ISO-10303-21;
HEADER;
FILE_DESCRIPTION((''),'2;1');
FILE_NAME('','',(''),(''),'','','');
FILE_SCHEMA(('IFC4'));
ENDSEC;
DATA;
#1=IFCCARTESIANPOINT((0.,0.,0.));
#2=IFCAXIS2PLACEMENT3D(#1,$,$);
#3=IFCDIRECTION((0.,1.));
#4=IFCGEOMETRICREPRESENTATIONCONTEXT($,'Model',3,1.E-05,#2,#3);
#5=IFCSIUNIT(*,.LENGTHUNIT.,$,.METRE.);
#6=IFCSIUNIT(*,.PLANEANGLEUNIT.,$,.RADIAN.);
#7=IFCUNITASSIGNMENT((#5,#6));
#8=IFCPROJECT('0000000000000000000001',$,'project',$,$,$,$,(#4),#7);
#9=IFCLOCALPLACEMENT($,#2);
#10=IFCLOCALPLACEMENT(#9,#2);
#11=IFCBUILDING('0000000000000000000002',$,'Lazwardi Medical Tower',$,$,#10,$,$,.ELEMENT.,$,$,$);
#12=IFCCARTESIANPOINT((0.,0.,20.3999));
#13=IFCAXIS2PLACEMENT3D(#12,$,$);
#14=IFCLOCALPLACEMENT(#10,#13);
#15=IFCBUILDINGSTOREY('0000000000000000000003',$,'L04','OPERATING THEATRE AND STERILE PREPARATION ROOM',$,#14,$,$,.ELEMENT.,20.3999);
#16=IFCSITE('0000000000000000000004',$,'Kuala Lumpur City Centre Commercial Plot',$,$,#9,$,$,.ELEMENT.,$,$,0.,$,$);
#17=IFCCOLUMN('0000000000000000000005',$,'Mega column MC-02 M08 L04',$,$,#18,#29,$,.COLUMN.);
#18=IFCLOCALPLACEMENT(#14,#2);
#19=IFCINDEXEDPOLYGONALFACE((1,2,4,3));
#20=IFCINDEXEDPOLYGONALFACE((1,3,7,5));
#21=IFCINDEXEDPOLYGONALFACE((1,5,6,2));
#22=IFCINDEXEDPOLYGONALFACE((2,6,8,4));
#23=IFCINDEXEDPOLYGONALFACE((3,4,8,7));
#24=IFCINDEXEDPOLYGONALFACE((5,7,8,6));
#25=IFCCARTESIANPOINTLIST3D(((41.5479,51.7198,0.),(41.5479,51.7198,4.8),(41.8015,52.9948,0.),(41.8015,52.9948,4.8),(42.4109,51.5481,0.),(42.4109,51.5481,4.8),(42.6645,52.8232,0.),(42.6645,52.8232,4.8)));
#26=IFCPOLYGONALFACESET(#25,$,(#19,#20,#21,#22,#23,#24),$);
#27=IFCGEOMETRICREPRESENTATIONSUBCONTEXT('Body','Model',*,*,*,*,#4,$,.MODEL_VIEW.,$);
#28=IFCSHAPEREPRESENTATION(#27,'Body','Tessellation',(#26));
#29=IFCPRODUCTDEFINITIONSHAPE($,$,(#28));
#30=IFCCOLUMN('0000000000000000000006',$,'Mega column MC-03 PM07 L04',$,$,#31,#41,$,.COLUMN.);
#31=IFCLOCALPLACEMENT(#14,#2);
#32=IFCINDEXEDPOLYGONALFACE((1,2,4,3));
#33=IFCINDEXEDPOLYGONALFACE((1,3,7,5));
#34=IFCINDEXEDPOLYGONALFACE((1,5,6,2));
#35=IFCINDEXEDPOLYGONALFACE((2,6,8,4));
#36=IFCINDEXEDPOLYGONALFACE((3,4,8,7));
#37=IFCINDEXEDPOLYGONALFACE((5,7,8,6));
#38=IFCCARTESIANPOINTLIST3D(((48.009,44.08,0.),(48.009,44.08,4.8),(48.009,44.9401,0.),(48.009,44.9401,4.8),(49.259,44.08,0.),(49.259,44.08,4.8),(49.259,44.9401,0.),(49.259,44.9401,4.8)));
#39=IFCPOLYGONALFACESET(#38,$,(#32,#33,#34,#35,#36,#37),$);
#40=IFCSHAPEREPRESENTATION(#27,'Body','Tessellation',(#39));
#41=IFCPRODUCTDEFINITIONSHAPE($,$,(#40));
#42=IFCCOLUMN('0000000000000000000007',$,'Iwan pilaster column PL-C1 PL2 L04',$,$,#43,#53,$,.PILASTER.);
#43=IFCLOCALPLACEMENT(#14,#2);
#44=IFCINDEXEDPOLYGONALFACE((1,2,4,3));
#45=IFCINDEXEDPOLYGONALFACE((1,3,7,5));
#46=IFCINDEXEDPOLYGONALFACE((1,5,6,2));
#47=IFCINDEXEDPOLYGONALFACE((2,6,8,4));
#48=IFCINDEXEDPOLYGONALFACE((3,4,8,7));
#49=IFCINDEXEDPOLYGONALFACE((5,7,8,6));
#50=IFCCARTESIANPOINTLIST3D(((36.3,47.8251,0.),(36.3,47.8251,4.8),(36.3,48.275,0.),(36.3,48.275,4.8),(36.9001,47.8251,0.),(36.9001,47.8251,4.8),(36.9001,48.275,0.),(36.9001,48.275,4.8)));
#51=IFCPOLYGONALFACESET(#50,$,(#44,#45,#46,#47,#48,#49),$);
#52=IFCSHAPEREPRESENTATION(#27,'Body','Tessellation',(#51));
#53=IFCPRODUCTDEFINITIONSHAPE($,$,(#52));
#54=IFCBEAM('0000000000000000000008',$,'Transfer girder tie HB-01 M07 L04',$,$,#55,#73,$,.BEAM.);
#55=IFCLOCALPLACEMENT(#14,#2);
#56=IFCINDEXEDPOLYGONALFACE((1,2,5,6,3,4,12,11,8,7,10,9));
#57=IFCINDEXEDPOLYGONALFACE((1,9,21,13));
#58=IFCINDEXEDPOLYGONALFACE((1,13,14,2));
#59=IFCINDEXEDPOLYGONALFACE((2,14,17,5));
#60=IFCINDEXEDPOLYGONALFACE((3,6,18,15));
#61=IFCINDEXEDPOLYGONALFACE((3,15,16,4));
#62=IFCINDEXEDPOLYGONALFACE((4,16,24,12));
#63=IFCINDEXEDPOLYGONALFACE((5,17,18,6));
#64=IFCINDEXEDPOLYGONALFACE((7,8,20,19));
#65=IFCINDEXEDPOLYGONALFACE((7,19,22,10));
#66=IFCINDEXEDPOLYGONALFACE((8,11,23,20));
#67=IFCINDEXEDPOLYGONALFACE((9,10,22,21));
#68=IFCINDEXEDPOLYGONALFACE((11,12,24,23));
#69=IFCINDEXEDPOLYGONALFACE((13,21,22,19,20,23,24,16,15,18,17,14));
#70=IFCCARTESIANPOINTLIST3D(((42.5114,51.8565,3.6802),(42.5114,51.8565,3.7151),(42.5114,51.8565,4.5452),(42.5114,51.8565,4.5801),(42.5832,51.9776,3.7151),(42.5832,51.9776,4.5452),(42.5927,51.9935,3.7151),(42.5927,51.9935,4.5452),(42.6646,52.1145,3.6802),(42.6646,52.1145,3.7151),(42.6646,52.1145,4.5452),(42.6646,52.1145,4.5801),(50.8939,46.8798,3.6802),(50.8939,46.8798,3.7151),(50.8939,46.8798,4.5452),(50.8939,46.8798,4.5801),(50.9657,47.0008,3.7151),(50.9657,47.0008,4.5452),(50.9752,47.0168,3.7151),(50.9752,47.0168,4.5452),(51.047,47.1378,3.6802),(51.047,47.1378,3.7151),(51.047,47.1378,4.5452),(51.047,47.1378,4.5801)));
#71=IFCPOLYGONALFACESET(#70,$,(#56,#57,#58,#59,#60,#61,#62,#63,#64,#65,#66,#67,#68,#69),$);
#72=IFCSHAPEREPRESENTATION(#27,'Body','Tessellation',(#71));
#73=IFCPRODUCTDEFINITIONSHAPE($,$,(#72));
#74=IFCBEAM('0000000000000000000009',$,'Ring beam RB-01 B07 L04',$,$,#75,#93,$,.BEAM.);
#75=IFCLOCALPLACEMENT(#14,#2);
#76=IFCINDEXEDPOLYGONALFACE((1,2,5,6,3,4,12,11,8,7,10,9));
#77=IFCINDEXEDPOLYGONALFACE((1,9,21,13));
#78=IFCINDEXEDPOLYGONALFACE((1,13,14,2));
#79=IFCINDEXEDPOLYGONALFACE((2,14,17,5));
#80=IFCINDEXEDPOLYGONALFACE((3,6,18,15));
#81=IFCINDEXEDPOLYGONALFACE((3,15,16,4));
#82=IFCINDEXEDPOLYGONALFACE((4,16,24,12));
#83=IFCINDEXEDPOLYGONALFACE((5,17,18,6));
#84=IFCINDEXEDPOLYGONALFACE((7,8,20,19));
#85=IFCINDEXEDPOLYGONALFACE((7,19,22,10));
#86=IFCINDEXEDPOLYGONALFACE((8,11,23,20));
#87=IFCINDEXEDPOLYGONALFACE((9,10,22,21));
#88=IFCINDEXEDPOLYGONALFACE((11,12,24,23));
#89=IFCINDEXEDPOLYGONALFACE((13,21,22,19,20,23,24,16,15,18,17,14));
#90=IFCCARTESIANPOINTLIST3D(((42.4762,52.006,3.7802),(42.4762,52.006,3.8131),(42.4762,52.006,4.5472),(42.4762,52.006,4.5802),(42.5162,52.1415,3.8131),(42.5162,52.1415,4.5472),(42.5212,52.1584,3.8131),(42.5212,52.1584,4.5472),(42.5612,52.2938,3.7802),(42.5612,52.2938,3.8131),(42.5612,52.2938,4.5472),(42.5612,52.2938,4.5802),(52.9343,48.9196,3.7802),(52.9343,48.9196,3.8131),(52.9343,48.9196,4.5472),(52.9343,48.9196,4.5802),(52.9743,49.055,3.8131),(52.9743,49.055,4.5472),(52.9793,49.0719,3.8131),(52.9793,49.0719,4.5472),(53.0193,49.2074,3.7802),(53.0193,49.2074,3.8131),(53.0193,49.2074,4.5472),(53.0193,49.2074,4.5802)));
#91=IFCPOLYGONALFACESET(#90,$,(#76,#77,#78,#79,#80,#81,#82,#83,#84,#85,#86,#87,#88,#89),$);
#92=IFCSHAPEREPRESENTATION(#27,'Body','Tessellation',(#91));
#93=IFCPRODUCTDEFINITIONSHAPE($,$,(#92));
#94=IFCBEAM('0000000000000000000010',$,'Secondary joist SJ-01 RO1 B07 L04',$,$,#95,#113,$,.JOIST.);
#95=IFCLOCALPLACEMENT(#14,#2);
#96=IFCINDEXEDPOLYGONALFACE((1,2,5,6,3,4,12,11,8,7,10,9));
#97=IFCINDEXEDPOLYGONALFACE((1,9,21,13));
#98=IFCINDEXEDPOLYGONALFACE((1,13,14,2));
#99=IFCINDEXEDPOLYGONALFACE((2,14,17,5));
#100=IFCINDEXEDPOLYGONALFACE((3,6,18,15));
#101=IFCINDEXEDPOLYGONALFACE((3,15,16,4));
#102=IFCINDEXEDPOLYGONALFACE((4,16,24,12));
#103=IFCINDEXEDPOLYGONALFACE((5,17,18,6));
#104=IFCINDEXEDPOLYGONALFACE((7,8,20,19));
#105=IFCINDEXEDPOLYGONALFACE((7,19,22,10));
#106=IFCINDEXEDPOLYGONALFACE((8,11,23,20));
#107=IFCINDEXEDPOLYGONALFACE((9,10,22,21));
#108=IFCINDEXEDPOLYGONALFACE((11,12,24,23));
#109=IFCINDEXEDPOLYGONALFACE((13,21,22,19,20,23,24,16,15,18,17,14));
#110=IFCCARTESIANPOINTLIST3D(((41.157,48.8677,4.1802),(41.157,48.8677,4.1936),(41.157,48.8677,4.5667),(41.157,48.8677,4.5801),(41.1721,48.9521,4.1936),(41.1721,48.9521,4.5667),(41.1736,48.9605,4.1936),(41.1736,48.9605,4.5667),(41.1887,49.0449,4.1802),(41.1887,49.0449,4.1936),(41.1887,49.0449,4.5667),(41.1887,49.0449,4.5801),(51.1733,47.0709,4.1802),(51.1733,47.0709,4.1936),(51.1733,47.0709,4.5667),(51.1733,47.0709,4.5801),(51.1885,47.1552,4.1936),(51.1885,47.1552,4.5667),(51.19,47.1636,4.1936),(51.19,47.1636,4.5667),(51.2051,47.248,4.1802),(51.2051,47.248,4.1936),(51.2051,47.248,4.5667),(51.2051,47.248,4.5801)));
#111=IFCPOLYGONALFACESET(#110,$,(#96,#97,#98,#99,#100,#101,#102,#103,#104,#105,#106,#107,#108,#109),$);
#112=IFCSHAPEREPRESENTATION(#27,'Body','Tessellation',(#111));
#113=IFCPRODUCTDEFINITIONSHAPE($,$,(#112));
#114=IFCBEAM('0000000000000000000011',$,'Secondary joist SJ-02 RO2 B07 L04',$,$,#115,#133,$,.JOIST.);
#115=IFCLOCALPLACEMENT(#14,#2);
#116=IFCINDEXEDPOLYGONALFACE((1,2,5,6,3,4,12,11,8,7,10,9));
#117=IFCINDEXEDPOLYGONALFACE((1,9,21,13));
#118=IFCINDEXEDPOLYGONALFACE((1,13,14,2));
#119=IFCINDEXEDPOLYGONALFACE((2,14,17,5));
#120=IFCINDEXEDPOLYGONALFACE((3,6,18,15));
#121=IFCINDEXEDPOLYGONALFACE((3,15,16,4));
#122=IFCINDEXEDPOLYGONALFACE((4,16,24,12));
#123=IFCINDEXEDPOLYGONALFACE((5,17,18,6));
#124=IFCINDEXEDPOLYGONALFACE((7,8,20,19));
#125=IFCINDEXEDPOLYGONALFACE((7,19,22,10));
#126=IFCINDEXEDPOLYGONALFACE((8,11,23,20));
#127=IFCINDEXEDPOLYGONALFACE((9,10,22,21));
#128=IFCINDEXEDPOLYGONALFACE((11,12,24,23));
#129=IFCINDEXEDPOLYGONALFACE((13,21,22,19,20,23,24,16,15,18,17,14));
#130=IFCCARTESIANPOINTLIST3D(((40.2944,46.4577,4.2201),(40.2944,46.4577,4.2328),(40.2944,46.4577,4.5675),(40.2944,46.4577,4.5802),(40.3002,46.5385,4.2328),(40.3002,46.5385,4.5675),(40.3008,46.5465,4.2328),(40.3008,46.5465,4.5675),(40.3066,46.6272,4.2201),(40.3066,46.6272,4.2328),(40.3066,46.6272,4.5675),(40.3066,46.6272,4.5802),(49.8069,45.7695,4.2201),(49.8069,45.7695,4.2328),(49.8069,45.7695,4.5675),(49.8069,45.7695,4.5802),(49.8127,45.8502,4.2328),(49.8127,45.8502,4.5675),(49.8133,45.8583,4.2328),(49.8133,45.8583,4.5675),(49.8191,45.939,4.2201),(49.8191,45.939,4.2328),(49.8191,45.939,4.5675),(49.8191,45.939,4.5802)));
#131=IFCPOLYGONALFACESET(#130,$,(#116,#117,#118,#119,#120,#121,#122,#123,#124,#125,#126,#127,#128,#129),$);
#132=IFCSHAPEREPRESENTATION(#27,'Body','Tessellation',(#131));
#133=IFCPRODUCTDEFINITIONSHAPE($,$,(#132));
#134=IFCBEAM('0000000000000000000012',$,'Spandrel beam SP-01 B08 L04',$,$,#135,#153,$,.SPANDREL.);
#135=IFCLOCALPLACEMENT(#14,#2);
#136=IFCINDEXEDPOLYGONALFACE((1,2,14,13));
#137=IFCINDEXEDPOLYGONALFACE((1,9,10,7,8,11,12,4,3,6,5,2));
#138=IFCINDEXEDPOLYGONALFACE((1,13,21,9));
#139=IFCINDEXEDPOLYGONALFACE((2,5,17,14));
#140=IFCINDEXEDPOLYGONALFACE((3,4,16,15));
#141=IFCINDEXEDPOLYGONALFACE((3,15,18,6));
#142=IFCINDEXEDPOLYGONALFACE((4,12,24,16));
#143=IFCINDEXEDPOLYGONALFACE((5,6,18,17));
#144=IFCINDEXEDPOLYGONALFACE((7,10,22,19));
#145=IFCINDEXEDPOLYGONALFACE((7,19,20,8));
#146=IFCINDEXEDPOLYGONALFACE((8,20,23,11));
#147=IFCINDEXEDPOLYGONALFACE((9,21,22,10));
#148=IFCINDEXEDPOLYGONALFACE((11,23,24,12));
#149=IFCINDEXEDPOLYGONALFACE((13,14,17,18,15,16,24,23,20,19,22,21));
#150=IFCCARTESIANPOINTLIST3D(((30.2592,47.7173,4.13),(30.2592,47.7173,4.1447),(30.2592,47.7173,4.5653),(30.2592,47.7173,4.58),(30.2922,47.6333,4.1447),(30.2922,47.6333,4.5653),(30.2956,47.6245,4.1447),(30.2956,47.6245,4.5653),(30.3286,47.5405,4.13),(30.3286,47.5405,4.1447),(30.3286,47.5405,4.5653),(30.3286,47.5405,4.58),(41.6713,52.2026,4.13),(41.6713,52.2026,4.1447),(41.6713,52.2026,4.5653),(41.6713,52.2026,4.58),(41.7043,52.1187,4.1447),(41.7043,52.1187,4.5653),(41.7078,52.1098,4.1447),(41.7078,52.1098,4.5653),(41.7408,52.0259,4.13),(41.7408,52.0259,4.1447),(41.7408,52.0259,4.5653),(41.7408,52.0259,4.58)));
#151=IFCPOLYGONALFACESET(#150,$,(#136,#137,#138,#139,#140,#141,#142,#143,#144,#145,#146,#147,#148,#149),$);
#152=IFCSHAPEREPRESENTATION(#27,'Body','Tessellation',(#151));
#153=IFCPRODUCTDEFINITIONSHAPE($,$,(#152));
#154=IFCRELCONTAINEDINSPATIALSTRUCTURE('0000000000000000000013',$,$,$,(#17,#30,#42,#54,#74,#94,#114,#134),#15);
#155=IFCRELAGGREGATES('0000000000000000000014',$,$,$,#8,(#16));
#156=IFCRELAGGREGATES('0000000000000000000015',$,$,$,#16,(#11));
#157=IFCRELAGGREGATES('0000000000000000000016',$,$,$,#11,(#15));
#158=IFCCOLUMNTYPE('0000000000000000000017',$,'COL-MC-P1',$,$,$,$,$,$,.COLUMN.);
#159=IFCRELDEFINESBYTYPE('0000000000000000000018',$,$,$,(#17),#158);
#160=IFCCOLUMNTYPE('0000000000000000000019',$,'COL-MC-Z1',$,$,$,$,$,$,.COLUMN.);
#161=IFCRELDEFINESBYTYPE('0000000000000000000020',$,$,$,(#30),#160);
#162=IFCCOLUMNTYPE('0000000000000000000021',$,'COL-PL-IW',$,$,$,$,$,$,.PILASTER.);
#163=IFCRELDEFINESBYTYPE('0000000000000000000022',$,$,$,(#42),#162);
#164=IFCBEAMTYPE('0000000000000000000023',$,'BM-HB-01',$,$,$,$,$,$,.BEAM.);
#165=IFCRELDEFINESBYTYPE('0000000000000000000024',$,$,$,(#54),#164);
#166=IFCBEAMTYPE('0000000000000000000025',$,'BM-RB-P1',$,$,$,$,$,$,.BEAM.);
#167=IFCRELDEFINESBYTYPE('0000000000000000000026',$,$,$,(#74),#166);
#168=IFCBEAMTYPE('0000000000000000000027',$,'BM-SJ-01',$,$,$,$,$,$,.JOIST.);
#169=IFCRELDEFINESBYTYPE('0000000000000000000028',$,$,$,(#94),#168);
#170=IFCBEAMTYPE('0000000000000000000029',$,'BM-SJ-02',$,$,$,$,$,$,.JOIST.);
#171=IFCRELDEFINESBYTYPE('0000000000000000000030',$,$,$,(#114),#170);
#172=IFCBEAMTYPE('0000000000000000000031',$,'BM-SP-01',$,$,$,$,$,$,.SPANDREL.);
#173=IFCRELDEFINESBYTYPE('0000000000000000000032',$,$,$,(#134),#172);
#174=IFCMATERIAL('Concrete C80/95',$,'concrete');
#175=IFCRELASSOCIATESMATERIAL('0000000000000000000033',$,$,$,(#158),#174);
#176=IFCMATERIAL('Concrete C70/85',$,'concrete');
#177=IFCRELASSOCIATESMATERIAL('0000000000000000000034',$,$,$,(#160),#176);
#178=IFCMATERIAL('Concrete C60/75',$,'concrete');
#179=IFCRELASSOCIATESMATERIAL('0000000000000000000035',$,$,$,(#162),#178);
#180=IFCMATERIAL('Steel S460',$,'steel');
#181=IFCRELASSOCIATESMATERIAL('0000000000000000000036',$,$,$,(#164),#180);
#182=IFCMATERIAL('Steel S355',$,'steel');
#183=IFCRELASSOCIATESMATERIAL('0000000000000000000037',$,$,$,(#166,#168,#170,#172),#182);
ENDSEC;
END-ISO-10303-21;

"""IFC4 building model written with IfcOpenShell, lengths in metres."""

from ifc_helpers import new_model, si_unit, direction, frame, origin, origin_2d, place, context, subcontext, project, spatial, rectangle, i_section, extrude, material, material_profile, profile_set, type_object, element, save


model = new_model("IFC4")

# Units and contexts
model_context = context("Model", 3, precision=1e-05, world=origin(), true_north=direction((0.0, 1.0)))
body_context = subcontext(model_context, "Body", "Model", "MODEL_VIEW")
ifc_project = project(units=[si_unit("LENGTHUNIT", "METRE"), si_unit("PLANEANGLEUNIT", "RADIAN")], contexts=[model_context])

# Site, building, storey
site_placement = place(None, origin())
site = spatial("IfcSite", under=ifc_project, at=site_placement, Name="Kuala Lumpur City Centre Commercial Plot", CompositionType="ELEMENT", RefElevation=0.0)
building_placement = place(site_placement, origin())
building = spatial("IfcBuilding", under=site, at=building_placement, Name="Lazwardi Medical Tower", CompositionType="ELEMENT")
storey_placement = place(building_placement, frame((0.0, 0.0, 20.3999)))
storey = spatial("IfcBuildingStorey", under=building, at=storey_placement, Name="L04", Description="OPERATING THEATRE AND STERILE PREPARATION ROOM", CompositionType="ELEMENT", Elevation=20.3999)

# Columns
ifc_material_1 = material(Name="Concrete C80/95", Category="concrete")
ifc_material_profile_1 = material_profile(ifc_material_1, rectangle(XDim=1.3, YDim=0.8799, at=origin_2d()), Name="CFT-RECT 1300x880")
ifc_profile_set_1 = profile_set([ifc_material_profile_1], Name="Concrete C80/95")
column_type_1 = type_object("IfcColumnType", Name="COL-MC-P1", PredefinedType="COLUMN", material=ifc_profile_set_1)
column_1_placement = place(storey_placement, frame((42.1062, 52.2715, 0.0), z_axis=(0.0, 0.0, 1.0), x_axis=(0.19509, 0.980785, 0.0)))
element("IfcColumn", 1, at=column_1_placement, inside=storey, type_object=column_type_1, Name="Mega column MC-02 M08 L04", PredefinedType="COLUMN", context=body_context, shape_type="SweptSolid", body=[
    extrude(rectangle(XDim=1.3, YDim=0.8799, at=origin_2d()), origin(), (0.0, 0.0, 1.0), 4.8),
])
ifc_material_2 = material(Name="Concrete C70/85", Category="concrete")
ifc_material_profile_2 = material_profile(ifc_material_2, rectangle(XDim=1.25, YDim=0.8601, at=origin_2d()), Name="CFT-RECT 1250x860")
ifc_profile_set_2 = profile_set([ifc_material_profile_2], Name="Concrete C70/85")
column_type_2 = type_object("IfcColumnType", Name="COL-MC-Z1", PredefinedType="COLUMN", material=ifc_profile_set_2)
column_2_placement = place(storey_placement, frame((48.634, 44.51, 0.0), z_axis=(0.0, 0.0, 1.0), x_axis=(1.0, 0.0, 0.0)))
element("IfcColumn", 2, at=column_2_placement, inside=storey, type_object=column_type_2, Name="Mega column MC-03 PM07 L04", PredefinedType="COLUMN", context=body_context, shape_type="SweptSolid", body=[
    extrude(rectangle(XDim=1.25, YDim=0.8601, at=origin_2d()), origin(), (0.0, 0.0, 1.0), 4.8),
])
ifc_material_3 = material(Name="Concrete C60/75", Category="concrete")
ifc_material_profile_3 = material_profile(ifc_material_3, rectangle(XDim=0.6001, YDim=0.45, at=origin_2d()), Name="RC 600x450")
ifc_profile_set_3 = profile_set([ifc_material_profile_3], Name="Concrete C60/75")
column_type_3 = type_object("IfcColumnType", Name="COL-PL-IW", PredefinedType="PILASTER", material=ifc_profile_set_3)
column_3_placement = place(storey_placement, frame((36.6001, 48.05, 0.0), z_axis=(0.0, 0.0, 1.0), x_axis=(1.0, 0.0, 0.0)))
element("IfcColumn", 3, at=column_3_placement, inside=storey, type_object=column_type_3, Name="Iwan pilaster column PL-C1 PL2 L04", PredefinedType="PILASTER", context=body_context, shape_type="SweptSolid", body=[
    extrude(rectangle(XDim=0.6001, YDim=0.45, at=origin_2d()), origin(), (0.0, 0.0, 1.0), 4.8),
])

# Beams
ifc_material_4 = material(Name="Steel S460", Category="steel")
ifc_material_profile_4 = material_profile(ifc_material_4, i_section(OverallWidth=0.3, OverallDepth=0.8999, WebThickness=0.0186, FlangeThickness=0.0349, at=origin_2d()), Name="HEB 900")
ifc_profile_set_4 = profile_set([ifc_material_profile_4], Name="Steel S460")
beam_type_1 = type_object("IfcBeamType", Name="BM-HB-01", PredefinedType="BEAM", material=ifc_profile_set_4)
beam_1_placement = place(storey_placement, frame((50.9705, 47.0088, 4.1301), z_axis=(-0.85987, 0.510513, 0.0), x_axis=(-0.510513, -0.85987, 0.0)))
element("IfcBeam", 4, at=beam_1_placement, inside=storey, type_object=beam_type_1, Name="Transfer girder tie HB-01 M07 L04", PredefinedType="BEAM", context=body_context, shape_type="SweptSolid", body=[
    extrude(i_section(OverallWidth=0.3, OverallDepth=0.8999, WebThickness=0.0186, FlangeThickness=0.0349, at=origin_2d()), origin(), (0.0, 0.0, 1.0), 9.7485),
])
ifc_material_5 = material(Name="Steel S355", Category="steel")
ifc_material_profile_5 = material_profile(ifc_material_5, i_section(OverallWidth=0.3, OverallDepth=0.8, WebThickness=0.0176, FlangeThickness=0.033, at=origin_2d()), Name="HEB 800")
ifc_profile_set_5 = profile_set([ifc_material_profile_5], Name="Steel S355")
beam_type_2 = type_object("IfcBeamType", Name="BM-RB-P1", PredefinedType="BEAM", material=ifc_profile_set_5)
beam_2_placement = place(storey_placement, frame((52.9768, 49.0635, 4.1802), z_axis=(-0.959103, 0.283056, 0.0), x_axis=(-0.283056, -0.959103, 0.0)))
element("IfcBeam", 5, at=beam_2_placement, inside=storey, type_object=beam_type_2, Name="Ring beam RB-01 B07 L04", PredefinedType="BEAM", context=body_context, shape_type="SweptSolid", body=[
    extrude(i_section(OverallWidth=0.3, OverallDepth=0.8, WebThickness=0.0176, FlangeThickness=0.033, at=origin_2d()), origin(), (0.0, 0.0, 1.0), 10.9041),
])
ifc_material_profile_6 = material_profile(ifc_material_5, i_section(OverallWidth=0.1799, OverallDepth=0.3999, WebThickness=0.0085, FlangeThickness=0.0134, at=origin_2d()), Name="IPE 400")
ifc_profile_set_6 = profile_set([ifc_material_profile_6], Name="Steel S355")
beam_type_3 = type_object("IfcBeamType", Name="BM-SJ-01", PredefinedType="JOIST", material=ifc_profile_set_6)
beam_3_placement = place(storey_placement, frame((51.1892, 47.1594, 4.3801), z_axis=(-0.984287, 0.176575, 0.0), x_axis=(-0.176575, -0.984287, 0.0)))
element("IfcBeam", 6, at=beam_3_placement, inside=storey, type_object=beam_type_3, Name="Secondary joist SJ-01 RO1 B07 L04", PredefinedType="JOIST", context=body_context, shape_type="SweptSolid", body=[
    extrude(i_section(OverallWidth=0.1799, OverallDepth=0.3999, WebThickness=0.0085, FlangeThickness=0.0134, at=origin_2d()), origin(), (0.0, 0.0, 1.0), 10.1763),
])
ifc_material_profile_7 = material_profile(ifc_material_5, i_section(OverallWidth=0.1699, OverallDepth=0.3601, WebThickness=0.0081, FlangeThickness=0.0127, at=origin_2d()), Name="IPE 360")
ifc_profile_set_7 = profile_set([ifc_material_profile_7], Name="Steel S355")
beam_type_4 = type_object("IfcBeamType", Name="BM-SJ-02", PredefinedType="JOIST", material=ifc_profile_set_7)
beam_4_placement = place(storey_placement, frame((49.813, 45.8542, 4.4001), z_axis=(-0.997393, 0.072162, 0.0), x_axis=(-0.072162, -0.997393, 0.0)))
element("IfcBeam", 7, at=beam_4_placement, inside=storey, type_object=beam_type_4, Name="Secondary joist SJ-02 RO2 B07 L04", PredefinedType="JOIST", context=body_context, shape_type="SweptSolid", body=[
    extrude(i_section(OverallWidth=0.1699, OverallDepth=0.3601, WebThickness=0.0081, FlangeThickness=0.0127, at=origin_2d()), origin(), (0.0, 0.0, 1.0), 9.5374),
])
ifc_material_profile_8 = material_profile(ifc_material_5, i_section(OverallWidth=0.1899, OverallDepth=0.45, WebThickness=0.0095, FlangeThickness=0.0146, at=origin_2d()), Name="IPE 450")
ifc_profile_set_8 = profile_set([ifc_material_profile_8], Name="Steel S355")
beam_type_5 = type_object("IfcBeamType", Name="BM-SP-01", PredefinedType="SPANDREL", material=ifc_profile_set_8)
beam_5_placement = place(storey_placement, frame((41.7061, 52.1143, 4.355), z_axis=(-0.930695, -0.365795, 0.0), x_axis=(0.365795, -0.930695, 0.0)))
element("IfcBeam", 8, at=beam_5_placement, inside=storey, type_object=beam_type_5, Name="Spandrel beam SP-01 B08 L04", PredefinedType="SPANDREL", context=body_context, shape_type="SweptSolid", body=[
    extrude(i_section(OverallWidth=0.1899, OverallDepth=0.45, WebThickness=0.0095, FlangeThickness=0.0146, at=origin_2d()), origin(), (0.0, 0.0, 1.0), 12.262),
])

save(model, "model.ifc")
